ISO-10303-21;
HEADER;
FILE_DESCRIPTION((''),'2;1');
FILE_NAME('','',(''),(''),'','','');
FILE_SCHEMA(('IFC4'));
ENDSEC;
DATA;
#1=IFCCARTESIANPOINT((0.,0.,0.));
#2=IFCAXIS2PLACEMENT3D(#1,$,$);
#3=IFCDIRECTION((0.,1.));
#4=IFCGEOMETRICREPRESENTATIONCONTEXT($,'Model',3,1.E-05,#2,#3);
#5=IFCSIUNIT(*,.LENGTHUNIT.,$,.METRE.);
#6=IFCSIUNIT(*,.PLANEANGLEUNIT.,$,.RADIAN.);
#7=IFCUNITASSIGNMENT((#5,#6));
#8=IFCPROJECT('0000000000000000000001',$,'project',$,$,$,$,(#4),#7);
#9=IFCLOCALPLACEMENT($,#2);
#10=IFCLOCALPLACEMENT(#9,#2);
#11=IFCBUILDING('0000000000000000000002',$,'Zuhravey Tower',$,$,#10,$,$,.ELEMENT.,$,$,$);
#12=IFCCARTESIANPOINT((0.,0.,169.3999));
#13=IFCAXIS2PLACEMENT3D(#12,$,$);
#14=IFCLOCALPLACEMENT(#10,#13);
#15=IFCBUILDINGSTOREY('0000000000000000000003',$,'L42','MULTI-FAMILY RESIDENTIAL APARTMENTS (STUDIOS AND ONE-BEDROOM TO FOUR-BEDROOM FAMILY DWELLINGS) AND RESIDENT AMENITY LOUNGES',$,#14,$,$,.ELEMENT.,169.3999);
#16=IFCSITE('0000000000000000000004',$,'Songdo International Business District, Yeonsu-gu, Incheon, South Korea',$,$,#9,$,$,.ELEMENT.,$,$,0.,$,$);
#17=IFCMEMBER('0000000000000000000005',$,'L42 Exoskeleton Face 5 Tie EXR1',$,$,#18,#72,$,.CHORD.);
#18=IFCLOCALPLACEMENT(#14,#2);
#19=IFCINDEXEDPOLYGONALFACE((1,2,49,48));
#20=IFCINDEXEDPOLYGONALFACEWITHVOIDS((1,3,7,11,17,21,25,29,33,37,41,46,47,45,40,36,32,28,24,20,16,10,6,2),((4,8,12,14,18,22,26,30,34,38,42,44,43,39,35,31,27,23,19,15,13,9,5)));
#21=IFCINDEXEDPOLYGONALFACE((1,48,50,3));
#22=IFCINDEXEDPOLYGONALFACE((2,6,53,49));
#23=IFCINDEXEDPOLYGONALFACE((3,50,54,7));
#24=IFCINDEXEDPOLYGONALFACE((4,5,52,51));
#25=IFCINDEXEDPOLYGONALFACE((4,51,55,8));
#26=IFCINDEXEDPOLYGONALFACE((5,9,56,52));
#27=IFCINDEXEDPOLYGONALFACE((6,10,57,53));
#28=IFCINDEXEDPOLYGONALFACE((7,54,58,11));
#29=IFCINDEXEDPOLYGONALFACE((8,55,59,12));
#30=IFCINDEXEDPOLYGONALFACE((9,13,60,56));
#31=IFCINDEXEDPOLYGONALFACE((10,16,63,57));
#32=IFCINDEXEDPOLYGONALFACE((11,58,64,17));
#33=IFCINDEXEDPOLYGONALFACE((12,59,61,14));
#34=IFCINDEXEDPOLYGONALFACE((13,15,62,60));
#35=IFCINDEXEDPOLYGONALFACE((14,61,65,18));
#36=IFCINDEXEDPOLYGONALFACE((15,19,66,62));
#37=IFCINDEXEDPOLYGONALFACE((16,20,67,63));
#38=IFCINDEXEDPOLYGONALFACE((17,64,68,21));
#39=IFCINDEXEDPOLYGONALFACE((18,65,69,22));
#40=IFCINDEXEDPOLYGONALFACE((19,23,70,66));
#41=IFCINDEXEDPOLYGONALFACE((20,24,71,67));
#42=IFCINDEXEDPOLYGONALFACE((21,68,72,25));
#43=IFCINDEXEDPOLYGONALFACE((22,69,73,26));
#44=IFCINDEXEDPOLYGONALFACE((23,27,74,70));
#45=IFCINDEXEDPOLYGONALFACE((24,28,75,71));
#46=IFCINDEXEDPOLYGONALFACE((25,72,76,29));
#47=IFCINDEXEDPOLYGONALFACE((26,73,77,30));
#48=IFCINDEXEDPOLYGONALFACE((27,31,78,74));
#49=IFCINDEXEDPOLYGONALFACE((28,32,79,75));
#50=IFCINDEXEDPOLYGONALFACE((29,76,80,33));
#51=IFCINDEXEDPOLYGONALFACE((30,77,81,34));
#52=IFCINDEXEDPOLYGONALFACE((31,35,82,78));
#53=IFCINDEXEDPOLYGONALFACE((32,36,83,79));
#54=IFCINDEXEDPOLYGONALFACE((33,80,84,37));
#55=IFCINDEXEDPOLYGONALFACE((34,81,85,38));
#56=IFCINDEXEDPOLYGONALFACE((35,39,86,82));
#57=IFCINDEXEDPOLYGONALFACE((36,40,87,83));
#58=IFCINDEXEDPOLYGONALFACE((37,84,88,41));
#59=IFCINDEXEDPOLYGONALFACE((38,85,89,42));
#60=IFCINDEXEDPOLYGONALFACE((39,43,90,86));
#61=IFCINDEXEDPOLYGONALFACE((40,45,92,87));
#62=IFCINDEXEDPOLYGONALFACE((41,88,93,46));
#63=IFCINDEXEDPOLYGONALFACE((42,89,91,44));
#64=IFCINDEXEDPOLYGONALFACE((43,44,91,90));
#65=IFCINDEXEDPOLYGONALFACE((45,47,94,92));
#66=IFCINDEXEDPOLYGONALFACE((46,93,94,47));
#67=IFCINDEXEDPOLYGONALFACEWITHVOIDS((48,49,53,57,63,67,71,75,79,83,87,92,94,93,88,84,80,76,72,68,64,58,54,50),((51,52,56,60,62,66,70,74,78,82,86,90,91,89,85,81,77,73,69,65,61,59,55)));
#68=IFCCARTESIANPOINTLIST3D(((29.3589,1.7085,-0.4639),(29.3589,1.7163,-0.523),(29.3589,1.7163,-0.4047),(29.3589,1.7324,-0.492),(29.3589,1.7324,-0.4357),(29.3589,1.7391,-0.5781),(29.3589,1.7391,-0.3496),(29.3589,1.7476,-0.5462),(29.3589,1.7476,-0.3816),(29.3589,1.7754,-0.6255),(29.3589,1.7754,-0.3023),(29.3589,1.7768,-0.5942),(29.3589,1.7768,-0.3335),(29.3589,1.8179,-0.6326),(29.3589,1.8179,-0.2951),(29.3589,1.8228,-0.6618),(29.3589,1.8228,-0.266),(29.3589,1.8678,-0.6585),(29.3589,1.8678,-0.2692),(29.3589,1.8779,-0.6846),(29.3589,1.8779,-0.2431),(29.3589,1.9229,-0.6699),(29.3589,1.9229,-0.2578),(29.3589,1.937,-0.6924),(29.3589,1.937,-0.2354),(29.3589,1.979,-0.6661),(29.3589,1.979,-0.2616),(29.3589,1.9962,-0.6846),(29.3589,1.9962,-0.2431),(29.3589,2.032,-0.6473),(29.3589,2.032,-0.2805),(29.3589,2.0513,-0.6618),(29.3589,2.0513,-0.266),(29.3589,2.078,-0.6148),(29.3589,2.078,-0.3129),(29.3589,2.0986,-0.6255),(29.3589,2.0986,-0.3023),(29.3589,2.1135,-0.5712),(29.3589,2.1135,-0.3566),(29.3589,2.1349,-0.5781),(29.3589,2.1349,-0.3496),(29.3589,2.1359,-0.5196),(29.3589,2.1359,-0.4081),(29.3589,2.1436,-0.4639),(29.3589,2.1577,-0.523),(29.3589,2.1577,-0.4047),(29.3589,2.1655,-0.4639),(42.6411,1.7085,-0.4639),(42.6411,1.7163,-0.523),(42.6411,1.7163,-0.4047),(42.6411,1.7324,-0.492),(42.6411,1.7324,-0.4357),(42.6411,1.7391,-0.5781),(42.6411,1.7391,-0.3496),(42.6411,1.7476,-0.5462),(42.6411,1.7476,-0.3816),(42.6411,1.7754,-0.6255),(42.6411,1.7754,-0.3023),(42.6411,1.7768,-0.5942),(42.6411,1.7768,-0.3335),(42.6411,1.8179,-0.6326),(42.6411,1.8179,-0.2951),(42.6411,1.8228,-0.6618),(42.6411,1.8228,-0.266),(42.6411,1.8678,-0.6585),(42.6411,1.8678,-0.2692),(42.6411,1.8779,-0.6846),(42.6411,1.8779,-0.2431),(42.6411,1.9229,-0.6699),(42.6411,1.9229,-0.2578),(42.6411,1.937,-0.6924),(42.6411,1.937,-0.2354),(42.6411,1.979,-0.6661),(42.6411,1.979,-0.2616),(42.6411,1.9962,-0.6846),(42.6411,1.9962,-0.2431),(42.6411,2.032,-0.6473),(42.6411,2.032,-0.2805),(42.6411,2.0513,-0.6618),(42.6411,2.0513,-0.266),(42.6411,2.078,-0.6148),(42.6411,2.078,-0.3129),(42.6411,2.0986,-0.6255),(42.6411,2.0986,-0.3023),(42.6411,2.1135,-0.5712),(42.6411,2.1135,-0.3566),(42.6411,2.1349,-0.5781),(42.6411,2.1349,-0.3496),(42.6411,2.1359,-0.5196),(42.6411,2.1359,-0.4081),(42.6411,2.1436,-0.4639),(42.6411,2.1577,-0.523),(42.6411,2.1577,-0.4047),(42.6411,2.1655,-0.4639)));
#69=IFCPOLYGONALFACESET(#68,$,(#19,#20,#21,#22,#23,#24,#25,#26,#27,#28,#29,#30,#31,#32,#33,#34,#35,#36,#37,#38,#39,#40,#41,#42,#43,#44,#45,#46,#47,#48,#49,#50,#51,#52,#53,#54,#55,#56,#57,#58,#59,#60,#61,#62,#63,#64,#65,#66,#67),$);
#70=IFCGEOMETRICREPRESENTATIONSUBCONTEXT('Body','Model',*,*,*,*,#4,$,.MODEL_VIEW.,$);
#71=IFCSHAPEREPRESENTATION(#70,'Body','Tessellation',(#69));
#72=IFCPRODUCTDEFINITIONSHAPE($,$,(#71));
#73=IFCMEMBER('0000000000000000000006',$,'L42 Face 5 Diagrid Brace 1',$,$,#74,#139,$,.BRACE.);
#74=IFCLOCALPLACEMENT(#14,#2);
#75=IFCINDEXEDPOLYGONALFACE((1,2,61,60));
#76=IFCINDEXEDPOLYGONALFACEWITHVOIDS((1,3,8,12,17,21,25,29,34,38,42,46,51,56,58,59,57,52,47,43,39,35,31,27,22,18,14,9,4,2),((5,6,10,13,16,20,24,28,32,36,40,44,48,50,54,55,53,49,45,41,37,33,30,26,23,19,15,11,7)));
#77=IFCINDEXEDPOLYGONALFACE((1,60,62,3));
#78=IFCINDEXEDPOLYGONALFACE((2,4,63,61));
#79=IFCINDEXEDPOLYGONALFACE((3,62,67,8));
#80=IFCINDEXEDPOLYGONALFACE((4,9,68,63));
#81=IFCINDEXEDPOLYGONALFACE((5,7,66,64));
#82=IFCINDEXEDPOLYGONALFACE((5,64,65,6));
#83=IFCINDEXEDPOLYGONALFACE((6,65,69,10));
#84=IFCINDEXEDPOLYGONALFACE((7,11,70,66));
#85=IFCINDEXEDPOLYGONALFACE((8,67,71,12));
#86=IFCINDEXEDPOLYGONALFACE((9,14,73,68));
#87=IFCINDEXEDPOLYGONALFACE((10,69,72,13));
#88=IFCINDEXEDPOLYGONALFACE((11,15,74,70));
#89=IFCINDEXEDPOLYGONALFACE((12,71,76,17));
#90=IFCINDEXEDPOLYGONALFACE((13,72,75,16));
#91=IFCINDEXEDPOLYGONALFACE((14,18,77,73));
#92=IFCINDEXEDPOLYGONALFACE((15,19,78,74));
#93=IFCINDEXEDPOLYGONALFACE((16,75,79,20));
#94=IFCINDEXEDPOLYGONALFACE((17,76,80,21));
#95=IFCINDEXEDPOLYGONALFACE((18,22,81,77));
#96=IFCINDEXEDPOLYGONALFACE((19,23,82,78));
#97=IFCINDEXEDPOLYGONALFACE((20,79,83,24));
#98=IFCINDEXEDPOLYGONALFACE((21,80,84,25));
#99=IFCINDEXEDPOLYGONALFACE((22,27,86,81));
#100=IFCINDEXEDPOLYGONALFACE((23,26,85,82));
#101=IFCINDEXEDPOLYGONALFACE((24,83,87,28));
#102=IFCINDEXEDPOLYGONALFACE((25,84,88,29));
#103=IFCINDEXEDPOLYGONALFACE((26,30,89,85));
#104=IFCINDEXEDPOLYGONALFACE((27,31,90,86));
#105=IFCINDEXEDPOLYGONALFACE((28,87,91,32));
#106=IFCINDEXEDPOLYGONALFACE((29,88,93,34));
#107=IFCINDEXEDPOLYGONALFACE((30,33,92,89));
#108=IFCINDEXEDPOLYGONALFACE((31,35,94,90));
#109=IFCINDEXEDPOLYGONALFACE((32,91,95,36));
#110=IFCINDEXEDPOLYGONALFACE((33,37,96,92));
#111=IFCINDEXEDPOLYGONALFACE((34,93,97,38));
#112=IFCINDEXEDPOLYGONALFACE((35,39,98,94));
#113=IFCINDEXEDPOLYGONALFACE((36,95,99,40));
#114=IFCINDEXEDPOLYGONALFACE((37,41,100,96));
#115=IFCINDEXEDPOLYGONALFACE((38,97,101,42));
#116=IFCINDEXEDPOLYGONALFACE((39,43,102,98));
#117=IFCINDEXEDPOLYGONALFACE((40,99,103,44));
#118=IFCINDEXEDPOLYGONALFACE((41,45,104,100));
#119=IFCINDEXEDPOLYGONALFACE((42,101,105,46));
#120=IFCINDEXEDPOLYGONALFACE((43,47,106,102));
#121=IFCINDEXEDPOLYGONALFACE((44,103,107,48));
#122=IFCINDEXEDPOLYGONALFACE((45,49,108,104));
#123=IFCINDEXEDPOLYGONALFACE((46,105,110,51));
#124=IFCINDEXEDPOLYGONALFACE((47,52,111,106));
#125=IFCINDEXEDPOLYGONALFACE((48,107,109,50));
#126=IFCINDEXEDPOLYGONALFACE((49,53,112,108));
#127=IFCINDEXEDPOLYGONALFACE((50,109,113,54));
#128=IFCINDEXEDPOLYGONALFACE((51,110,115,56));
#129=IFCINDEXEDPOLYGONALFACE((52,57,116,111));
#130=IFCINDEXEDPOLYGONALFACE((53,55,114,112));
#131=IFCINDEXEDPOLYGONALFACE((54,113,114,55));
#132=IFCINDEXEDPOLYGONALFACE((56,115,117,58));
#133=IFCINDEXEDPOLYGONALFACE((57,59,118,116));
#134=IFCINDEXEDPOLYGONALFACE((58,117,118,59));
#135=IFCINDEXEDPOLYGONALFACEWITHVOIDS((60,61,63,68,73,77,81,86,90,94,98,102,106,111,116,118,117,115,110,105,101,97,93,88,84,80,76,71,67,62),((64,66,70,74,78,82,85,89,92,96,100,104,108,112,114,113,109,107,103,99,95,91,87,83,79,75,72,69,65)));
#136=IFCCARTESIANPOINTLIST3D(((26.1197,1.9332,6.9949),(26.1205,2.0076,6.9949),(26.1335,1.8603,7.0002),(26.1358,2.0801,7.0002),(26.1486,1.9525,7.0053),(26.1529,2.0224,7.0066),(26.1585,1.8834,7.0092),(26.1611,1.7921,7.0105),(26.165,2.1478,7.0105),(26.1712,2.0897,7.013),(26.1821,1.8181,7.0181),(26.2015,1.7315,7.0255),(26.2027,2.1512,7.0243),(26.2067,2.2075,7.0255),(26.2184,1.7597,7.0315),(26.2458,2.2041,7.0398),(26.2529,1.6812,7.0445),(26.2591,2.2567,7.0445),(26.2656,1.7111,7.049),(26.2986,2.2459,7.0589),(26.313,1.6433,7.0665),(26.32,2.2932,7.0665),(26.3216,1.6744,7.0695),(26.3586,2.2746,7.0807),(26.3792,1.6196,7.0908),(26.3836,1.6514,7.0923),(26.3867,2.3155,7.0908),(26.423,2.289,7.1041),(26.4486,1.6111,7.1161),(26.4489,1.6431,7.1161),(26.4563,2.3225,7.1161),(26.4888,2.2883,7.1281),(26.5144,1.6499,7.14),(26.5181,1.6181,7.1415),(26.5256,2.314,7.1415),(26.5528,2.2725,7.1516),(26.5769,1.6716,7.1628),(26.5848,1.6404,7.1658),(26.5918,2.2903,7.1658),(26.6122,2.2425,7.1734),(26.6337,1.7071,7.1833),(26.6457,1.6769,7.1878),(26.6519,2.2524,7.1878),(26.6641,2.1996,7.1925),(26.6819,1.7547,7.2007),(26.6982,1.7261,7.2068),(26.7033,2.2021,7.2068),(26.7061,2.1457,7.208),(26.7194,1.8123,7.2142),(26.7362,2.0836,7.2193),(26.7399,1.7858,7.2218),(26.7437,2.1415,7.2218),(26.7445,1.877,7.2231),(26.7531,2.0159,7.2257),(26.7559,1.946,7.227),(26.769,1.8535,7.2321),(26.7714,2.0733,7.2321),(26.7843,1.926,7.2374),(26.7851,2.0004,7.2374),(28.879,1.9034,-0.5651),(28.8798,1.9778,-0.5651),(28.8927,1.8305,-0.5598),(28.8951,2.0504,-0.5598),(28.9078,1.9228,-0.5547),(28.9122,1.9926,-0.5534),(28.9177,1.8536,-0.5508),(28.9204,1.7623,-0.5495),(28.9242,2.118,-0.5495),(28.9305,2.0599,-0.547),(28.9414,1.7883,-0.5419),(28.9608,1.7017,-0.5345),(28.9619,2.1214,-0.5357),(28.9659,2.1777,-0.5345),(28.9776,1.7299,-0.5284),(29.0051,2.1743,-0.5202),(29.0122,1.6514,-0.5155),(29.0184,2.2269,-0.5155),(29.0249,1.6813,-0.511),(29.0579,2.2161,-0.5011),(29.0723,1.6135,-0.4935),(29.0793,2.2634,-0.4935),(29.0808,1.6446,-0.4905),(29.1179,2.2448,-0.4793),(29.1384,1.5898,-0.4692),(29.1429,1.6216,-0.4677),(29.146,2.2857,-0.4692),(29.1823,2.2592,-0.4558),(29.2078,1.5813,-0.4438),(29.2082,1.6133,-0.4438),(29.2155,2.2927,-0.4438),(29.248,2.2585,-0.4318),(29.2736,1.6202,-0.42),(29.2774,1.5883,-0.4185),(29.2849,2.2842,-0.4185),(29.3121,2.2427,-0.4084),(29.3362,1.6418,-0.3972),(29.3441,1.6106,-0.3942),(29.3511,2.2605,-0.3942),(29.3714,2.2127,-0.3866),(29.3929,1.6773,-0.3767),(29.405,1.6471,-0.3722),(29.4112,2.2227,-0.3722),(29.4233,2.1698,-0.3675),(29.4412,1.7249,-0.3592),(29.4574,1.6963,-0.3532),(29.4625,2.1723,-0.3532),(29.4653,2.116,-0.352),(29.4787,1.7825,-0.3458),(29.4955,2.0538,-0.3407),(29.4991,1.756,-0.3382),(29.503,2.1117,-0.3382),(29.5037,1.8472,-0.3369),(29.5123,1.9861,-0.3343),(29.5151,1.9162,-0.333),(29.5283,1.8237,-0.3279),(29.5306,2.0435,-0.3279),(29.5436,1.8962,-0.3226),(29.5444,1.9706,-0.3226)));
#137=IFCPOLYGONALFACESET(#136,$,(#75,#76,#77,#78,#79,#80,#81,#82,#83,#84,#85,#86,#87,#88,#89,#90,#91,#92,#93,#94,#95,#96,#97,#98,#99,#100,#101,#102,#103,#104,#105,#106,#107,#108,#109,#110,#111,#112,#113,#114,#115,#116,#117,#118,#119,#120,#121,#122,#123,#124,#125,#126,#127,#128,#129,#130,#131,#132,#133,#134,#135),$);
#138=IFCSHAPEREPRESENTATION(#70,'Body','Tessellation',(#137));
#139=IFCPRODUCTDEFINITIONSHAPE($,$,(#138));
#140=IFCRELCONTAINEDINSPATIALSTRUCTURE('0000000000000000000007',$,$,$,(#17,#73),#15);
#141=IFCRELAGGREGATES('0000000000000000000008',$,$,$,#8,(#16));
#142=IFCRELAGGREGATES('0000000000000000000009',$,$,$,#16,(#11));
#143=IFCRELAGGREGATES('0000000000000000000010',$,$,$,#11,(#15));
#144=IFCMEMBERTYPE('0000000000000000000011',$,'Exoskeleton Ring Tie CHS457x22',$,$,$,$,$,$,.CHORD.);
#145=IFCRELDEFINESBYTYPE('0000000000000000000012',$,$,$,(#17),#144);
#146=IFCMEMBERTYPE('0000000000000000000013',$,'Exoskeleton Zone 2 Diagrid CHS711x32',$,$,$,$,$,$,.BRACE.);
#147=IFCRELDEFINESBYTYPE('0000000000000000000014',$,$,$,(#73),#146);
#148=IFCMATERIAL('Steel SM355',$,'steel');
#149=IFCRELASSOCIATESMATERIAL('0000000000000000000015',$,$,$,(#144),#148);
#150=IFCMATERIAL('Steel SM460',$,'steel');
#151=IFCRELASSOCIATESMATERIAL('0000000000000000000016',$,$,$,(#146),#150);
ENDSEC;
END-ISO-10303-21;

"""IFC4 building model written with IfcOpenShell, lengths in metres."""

from ifc_helpers import new_model, si_unit, direction, frame, origin, origin_2d, place, context, subcontext, project, spatial, hollow_circle, extrude, material, material_profile, profile_set, type_object, element, save


model = new_model("IFC4")

# Units and contexts
model_context = context("Model", 3, precision=1e-05, world=origin(), true_north=direction((0.0, 1.0)))
body_context = subcontext(model_context, "Body", "Model", "MODEL_VIEW")
ifc_project = project(units=[si_unit("LENGTHUNIT", "METRE"), si_unit("PLANEANGLEUNIT", "RADIAN")], contexts=[model_context])

# Site, building, storey
site_placement = place(None, origin())
site = spatial("IfcSite", under=ifc_project, at=site_placement, Name="Songdo International Business District, Yeonsu-gu, Incheon, South Korea", CompositionType="ELEMENT", RefElevation=0.0)
building_placement = place(site_placement, origin())
building = spatial("IfcBuilding", under=site, at=building_placement, Name="Zuhravey Tower", CompositionType="ELEMENT")
storey_placement = place(building_placement, frame((0.0, 0.0, 169.3999)))
storey = spatial("IfcBuildingStorey", under=building, at=storey_placement, Name="L42", Description="MULTI-FAMILY RESIDENTIAL APARTMENTS (STUDIOS AND ONE-BEDROOM TO FOUR-BEDROOM FAMILY DWELLINGS) AND RESIDENT AMENITY LOUNGES", CompositionType="ELEMENT", Elevation=169.3999)

# Members
ifc_material_1 = material(Name="Steel SM355", Category="steel")
ifc_material_profile_1 = material_profile(ifc_material_1, hollow_circle(Radius=0.2285, WallThickness=0.022, at=origin_2d()), Name="CHS-457.2x22")
ifc_profile_set_1 = profile_set([ifc_material_profile_1], Name="Steel SM355")
member_type_1 = type_object("IfcMemberType", Name="Exoskeleton Ring Tie CHS457x22", PredefinedType="CHORD", material=ifc_profile_set_1)
member_1_placement = place(storey_placement, frame((29.3589, 1.937, -0.4639), z_axis=(1.0, 0.0, 0.0), x_axis=(0.0, 1.0, 0.0)))
element("IfcMember", 1, at=member_1_placement, inside=storey, type_object=member_type_1, Name="L42 Exoskeleton Face 5 Tie EXR1", PredefinedType="CHORD", context=body_context, shape_type="SweptSolid", body=[
    extrude(hollow_circle(Radius=0.2285, WallThickness=0.022, at=origin_2d()), origin(), (0.0, 0.0, 1.0), 13.2822),
])
ifc_material_2 = material(Name="Steel SM460", Category="steel")
ifc_material_profile_2 = material_profile(ifc_material_2, hollow_circle(Radius=0.3557, WallThickness=0.032, at=origin_2d()), Name="CHS-711.2x32")
ifc_profile_set_2 = profile_set([ifc_material_profile_2], Name="Steel SM460")
member_type_2 = type_object("IfcMemberType", Name="Exoskeleton Zone 2 Diagrid CHS711x32", PredefinedType="BRACE", material=ifc_profile_set_2)
member_2_placement = place(storey_placement, frame((29.2117, 1.937, -0.4438), z_axis=(-0.342856, 0.003701, 0.939381), x_axis=(-0.010794, -0.999942, 0.0)))
element("IfcMember", 2, at=member_2_placement, inside=storey, type_object=member_type_2, Name="L42 Face 5 Diagrid Brace 1", PredefinedType="BRACE", context=body_context, shape_type="SweptSolid", body=[
    extrude(hollow_circle(Radius=0.3557, WallThickness=0.032, at=origin_2d()), origin(), (0.0, 0.0, 1.0), 8.0479),
])

save(model, "model.ifc")
